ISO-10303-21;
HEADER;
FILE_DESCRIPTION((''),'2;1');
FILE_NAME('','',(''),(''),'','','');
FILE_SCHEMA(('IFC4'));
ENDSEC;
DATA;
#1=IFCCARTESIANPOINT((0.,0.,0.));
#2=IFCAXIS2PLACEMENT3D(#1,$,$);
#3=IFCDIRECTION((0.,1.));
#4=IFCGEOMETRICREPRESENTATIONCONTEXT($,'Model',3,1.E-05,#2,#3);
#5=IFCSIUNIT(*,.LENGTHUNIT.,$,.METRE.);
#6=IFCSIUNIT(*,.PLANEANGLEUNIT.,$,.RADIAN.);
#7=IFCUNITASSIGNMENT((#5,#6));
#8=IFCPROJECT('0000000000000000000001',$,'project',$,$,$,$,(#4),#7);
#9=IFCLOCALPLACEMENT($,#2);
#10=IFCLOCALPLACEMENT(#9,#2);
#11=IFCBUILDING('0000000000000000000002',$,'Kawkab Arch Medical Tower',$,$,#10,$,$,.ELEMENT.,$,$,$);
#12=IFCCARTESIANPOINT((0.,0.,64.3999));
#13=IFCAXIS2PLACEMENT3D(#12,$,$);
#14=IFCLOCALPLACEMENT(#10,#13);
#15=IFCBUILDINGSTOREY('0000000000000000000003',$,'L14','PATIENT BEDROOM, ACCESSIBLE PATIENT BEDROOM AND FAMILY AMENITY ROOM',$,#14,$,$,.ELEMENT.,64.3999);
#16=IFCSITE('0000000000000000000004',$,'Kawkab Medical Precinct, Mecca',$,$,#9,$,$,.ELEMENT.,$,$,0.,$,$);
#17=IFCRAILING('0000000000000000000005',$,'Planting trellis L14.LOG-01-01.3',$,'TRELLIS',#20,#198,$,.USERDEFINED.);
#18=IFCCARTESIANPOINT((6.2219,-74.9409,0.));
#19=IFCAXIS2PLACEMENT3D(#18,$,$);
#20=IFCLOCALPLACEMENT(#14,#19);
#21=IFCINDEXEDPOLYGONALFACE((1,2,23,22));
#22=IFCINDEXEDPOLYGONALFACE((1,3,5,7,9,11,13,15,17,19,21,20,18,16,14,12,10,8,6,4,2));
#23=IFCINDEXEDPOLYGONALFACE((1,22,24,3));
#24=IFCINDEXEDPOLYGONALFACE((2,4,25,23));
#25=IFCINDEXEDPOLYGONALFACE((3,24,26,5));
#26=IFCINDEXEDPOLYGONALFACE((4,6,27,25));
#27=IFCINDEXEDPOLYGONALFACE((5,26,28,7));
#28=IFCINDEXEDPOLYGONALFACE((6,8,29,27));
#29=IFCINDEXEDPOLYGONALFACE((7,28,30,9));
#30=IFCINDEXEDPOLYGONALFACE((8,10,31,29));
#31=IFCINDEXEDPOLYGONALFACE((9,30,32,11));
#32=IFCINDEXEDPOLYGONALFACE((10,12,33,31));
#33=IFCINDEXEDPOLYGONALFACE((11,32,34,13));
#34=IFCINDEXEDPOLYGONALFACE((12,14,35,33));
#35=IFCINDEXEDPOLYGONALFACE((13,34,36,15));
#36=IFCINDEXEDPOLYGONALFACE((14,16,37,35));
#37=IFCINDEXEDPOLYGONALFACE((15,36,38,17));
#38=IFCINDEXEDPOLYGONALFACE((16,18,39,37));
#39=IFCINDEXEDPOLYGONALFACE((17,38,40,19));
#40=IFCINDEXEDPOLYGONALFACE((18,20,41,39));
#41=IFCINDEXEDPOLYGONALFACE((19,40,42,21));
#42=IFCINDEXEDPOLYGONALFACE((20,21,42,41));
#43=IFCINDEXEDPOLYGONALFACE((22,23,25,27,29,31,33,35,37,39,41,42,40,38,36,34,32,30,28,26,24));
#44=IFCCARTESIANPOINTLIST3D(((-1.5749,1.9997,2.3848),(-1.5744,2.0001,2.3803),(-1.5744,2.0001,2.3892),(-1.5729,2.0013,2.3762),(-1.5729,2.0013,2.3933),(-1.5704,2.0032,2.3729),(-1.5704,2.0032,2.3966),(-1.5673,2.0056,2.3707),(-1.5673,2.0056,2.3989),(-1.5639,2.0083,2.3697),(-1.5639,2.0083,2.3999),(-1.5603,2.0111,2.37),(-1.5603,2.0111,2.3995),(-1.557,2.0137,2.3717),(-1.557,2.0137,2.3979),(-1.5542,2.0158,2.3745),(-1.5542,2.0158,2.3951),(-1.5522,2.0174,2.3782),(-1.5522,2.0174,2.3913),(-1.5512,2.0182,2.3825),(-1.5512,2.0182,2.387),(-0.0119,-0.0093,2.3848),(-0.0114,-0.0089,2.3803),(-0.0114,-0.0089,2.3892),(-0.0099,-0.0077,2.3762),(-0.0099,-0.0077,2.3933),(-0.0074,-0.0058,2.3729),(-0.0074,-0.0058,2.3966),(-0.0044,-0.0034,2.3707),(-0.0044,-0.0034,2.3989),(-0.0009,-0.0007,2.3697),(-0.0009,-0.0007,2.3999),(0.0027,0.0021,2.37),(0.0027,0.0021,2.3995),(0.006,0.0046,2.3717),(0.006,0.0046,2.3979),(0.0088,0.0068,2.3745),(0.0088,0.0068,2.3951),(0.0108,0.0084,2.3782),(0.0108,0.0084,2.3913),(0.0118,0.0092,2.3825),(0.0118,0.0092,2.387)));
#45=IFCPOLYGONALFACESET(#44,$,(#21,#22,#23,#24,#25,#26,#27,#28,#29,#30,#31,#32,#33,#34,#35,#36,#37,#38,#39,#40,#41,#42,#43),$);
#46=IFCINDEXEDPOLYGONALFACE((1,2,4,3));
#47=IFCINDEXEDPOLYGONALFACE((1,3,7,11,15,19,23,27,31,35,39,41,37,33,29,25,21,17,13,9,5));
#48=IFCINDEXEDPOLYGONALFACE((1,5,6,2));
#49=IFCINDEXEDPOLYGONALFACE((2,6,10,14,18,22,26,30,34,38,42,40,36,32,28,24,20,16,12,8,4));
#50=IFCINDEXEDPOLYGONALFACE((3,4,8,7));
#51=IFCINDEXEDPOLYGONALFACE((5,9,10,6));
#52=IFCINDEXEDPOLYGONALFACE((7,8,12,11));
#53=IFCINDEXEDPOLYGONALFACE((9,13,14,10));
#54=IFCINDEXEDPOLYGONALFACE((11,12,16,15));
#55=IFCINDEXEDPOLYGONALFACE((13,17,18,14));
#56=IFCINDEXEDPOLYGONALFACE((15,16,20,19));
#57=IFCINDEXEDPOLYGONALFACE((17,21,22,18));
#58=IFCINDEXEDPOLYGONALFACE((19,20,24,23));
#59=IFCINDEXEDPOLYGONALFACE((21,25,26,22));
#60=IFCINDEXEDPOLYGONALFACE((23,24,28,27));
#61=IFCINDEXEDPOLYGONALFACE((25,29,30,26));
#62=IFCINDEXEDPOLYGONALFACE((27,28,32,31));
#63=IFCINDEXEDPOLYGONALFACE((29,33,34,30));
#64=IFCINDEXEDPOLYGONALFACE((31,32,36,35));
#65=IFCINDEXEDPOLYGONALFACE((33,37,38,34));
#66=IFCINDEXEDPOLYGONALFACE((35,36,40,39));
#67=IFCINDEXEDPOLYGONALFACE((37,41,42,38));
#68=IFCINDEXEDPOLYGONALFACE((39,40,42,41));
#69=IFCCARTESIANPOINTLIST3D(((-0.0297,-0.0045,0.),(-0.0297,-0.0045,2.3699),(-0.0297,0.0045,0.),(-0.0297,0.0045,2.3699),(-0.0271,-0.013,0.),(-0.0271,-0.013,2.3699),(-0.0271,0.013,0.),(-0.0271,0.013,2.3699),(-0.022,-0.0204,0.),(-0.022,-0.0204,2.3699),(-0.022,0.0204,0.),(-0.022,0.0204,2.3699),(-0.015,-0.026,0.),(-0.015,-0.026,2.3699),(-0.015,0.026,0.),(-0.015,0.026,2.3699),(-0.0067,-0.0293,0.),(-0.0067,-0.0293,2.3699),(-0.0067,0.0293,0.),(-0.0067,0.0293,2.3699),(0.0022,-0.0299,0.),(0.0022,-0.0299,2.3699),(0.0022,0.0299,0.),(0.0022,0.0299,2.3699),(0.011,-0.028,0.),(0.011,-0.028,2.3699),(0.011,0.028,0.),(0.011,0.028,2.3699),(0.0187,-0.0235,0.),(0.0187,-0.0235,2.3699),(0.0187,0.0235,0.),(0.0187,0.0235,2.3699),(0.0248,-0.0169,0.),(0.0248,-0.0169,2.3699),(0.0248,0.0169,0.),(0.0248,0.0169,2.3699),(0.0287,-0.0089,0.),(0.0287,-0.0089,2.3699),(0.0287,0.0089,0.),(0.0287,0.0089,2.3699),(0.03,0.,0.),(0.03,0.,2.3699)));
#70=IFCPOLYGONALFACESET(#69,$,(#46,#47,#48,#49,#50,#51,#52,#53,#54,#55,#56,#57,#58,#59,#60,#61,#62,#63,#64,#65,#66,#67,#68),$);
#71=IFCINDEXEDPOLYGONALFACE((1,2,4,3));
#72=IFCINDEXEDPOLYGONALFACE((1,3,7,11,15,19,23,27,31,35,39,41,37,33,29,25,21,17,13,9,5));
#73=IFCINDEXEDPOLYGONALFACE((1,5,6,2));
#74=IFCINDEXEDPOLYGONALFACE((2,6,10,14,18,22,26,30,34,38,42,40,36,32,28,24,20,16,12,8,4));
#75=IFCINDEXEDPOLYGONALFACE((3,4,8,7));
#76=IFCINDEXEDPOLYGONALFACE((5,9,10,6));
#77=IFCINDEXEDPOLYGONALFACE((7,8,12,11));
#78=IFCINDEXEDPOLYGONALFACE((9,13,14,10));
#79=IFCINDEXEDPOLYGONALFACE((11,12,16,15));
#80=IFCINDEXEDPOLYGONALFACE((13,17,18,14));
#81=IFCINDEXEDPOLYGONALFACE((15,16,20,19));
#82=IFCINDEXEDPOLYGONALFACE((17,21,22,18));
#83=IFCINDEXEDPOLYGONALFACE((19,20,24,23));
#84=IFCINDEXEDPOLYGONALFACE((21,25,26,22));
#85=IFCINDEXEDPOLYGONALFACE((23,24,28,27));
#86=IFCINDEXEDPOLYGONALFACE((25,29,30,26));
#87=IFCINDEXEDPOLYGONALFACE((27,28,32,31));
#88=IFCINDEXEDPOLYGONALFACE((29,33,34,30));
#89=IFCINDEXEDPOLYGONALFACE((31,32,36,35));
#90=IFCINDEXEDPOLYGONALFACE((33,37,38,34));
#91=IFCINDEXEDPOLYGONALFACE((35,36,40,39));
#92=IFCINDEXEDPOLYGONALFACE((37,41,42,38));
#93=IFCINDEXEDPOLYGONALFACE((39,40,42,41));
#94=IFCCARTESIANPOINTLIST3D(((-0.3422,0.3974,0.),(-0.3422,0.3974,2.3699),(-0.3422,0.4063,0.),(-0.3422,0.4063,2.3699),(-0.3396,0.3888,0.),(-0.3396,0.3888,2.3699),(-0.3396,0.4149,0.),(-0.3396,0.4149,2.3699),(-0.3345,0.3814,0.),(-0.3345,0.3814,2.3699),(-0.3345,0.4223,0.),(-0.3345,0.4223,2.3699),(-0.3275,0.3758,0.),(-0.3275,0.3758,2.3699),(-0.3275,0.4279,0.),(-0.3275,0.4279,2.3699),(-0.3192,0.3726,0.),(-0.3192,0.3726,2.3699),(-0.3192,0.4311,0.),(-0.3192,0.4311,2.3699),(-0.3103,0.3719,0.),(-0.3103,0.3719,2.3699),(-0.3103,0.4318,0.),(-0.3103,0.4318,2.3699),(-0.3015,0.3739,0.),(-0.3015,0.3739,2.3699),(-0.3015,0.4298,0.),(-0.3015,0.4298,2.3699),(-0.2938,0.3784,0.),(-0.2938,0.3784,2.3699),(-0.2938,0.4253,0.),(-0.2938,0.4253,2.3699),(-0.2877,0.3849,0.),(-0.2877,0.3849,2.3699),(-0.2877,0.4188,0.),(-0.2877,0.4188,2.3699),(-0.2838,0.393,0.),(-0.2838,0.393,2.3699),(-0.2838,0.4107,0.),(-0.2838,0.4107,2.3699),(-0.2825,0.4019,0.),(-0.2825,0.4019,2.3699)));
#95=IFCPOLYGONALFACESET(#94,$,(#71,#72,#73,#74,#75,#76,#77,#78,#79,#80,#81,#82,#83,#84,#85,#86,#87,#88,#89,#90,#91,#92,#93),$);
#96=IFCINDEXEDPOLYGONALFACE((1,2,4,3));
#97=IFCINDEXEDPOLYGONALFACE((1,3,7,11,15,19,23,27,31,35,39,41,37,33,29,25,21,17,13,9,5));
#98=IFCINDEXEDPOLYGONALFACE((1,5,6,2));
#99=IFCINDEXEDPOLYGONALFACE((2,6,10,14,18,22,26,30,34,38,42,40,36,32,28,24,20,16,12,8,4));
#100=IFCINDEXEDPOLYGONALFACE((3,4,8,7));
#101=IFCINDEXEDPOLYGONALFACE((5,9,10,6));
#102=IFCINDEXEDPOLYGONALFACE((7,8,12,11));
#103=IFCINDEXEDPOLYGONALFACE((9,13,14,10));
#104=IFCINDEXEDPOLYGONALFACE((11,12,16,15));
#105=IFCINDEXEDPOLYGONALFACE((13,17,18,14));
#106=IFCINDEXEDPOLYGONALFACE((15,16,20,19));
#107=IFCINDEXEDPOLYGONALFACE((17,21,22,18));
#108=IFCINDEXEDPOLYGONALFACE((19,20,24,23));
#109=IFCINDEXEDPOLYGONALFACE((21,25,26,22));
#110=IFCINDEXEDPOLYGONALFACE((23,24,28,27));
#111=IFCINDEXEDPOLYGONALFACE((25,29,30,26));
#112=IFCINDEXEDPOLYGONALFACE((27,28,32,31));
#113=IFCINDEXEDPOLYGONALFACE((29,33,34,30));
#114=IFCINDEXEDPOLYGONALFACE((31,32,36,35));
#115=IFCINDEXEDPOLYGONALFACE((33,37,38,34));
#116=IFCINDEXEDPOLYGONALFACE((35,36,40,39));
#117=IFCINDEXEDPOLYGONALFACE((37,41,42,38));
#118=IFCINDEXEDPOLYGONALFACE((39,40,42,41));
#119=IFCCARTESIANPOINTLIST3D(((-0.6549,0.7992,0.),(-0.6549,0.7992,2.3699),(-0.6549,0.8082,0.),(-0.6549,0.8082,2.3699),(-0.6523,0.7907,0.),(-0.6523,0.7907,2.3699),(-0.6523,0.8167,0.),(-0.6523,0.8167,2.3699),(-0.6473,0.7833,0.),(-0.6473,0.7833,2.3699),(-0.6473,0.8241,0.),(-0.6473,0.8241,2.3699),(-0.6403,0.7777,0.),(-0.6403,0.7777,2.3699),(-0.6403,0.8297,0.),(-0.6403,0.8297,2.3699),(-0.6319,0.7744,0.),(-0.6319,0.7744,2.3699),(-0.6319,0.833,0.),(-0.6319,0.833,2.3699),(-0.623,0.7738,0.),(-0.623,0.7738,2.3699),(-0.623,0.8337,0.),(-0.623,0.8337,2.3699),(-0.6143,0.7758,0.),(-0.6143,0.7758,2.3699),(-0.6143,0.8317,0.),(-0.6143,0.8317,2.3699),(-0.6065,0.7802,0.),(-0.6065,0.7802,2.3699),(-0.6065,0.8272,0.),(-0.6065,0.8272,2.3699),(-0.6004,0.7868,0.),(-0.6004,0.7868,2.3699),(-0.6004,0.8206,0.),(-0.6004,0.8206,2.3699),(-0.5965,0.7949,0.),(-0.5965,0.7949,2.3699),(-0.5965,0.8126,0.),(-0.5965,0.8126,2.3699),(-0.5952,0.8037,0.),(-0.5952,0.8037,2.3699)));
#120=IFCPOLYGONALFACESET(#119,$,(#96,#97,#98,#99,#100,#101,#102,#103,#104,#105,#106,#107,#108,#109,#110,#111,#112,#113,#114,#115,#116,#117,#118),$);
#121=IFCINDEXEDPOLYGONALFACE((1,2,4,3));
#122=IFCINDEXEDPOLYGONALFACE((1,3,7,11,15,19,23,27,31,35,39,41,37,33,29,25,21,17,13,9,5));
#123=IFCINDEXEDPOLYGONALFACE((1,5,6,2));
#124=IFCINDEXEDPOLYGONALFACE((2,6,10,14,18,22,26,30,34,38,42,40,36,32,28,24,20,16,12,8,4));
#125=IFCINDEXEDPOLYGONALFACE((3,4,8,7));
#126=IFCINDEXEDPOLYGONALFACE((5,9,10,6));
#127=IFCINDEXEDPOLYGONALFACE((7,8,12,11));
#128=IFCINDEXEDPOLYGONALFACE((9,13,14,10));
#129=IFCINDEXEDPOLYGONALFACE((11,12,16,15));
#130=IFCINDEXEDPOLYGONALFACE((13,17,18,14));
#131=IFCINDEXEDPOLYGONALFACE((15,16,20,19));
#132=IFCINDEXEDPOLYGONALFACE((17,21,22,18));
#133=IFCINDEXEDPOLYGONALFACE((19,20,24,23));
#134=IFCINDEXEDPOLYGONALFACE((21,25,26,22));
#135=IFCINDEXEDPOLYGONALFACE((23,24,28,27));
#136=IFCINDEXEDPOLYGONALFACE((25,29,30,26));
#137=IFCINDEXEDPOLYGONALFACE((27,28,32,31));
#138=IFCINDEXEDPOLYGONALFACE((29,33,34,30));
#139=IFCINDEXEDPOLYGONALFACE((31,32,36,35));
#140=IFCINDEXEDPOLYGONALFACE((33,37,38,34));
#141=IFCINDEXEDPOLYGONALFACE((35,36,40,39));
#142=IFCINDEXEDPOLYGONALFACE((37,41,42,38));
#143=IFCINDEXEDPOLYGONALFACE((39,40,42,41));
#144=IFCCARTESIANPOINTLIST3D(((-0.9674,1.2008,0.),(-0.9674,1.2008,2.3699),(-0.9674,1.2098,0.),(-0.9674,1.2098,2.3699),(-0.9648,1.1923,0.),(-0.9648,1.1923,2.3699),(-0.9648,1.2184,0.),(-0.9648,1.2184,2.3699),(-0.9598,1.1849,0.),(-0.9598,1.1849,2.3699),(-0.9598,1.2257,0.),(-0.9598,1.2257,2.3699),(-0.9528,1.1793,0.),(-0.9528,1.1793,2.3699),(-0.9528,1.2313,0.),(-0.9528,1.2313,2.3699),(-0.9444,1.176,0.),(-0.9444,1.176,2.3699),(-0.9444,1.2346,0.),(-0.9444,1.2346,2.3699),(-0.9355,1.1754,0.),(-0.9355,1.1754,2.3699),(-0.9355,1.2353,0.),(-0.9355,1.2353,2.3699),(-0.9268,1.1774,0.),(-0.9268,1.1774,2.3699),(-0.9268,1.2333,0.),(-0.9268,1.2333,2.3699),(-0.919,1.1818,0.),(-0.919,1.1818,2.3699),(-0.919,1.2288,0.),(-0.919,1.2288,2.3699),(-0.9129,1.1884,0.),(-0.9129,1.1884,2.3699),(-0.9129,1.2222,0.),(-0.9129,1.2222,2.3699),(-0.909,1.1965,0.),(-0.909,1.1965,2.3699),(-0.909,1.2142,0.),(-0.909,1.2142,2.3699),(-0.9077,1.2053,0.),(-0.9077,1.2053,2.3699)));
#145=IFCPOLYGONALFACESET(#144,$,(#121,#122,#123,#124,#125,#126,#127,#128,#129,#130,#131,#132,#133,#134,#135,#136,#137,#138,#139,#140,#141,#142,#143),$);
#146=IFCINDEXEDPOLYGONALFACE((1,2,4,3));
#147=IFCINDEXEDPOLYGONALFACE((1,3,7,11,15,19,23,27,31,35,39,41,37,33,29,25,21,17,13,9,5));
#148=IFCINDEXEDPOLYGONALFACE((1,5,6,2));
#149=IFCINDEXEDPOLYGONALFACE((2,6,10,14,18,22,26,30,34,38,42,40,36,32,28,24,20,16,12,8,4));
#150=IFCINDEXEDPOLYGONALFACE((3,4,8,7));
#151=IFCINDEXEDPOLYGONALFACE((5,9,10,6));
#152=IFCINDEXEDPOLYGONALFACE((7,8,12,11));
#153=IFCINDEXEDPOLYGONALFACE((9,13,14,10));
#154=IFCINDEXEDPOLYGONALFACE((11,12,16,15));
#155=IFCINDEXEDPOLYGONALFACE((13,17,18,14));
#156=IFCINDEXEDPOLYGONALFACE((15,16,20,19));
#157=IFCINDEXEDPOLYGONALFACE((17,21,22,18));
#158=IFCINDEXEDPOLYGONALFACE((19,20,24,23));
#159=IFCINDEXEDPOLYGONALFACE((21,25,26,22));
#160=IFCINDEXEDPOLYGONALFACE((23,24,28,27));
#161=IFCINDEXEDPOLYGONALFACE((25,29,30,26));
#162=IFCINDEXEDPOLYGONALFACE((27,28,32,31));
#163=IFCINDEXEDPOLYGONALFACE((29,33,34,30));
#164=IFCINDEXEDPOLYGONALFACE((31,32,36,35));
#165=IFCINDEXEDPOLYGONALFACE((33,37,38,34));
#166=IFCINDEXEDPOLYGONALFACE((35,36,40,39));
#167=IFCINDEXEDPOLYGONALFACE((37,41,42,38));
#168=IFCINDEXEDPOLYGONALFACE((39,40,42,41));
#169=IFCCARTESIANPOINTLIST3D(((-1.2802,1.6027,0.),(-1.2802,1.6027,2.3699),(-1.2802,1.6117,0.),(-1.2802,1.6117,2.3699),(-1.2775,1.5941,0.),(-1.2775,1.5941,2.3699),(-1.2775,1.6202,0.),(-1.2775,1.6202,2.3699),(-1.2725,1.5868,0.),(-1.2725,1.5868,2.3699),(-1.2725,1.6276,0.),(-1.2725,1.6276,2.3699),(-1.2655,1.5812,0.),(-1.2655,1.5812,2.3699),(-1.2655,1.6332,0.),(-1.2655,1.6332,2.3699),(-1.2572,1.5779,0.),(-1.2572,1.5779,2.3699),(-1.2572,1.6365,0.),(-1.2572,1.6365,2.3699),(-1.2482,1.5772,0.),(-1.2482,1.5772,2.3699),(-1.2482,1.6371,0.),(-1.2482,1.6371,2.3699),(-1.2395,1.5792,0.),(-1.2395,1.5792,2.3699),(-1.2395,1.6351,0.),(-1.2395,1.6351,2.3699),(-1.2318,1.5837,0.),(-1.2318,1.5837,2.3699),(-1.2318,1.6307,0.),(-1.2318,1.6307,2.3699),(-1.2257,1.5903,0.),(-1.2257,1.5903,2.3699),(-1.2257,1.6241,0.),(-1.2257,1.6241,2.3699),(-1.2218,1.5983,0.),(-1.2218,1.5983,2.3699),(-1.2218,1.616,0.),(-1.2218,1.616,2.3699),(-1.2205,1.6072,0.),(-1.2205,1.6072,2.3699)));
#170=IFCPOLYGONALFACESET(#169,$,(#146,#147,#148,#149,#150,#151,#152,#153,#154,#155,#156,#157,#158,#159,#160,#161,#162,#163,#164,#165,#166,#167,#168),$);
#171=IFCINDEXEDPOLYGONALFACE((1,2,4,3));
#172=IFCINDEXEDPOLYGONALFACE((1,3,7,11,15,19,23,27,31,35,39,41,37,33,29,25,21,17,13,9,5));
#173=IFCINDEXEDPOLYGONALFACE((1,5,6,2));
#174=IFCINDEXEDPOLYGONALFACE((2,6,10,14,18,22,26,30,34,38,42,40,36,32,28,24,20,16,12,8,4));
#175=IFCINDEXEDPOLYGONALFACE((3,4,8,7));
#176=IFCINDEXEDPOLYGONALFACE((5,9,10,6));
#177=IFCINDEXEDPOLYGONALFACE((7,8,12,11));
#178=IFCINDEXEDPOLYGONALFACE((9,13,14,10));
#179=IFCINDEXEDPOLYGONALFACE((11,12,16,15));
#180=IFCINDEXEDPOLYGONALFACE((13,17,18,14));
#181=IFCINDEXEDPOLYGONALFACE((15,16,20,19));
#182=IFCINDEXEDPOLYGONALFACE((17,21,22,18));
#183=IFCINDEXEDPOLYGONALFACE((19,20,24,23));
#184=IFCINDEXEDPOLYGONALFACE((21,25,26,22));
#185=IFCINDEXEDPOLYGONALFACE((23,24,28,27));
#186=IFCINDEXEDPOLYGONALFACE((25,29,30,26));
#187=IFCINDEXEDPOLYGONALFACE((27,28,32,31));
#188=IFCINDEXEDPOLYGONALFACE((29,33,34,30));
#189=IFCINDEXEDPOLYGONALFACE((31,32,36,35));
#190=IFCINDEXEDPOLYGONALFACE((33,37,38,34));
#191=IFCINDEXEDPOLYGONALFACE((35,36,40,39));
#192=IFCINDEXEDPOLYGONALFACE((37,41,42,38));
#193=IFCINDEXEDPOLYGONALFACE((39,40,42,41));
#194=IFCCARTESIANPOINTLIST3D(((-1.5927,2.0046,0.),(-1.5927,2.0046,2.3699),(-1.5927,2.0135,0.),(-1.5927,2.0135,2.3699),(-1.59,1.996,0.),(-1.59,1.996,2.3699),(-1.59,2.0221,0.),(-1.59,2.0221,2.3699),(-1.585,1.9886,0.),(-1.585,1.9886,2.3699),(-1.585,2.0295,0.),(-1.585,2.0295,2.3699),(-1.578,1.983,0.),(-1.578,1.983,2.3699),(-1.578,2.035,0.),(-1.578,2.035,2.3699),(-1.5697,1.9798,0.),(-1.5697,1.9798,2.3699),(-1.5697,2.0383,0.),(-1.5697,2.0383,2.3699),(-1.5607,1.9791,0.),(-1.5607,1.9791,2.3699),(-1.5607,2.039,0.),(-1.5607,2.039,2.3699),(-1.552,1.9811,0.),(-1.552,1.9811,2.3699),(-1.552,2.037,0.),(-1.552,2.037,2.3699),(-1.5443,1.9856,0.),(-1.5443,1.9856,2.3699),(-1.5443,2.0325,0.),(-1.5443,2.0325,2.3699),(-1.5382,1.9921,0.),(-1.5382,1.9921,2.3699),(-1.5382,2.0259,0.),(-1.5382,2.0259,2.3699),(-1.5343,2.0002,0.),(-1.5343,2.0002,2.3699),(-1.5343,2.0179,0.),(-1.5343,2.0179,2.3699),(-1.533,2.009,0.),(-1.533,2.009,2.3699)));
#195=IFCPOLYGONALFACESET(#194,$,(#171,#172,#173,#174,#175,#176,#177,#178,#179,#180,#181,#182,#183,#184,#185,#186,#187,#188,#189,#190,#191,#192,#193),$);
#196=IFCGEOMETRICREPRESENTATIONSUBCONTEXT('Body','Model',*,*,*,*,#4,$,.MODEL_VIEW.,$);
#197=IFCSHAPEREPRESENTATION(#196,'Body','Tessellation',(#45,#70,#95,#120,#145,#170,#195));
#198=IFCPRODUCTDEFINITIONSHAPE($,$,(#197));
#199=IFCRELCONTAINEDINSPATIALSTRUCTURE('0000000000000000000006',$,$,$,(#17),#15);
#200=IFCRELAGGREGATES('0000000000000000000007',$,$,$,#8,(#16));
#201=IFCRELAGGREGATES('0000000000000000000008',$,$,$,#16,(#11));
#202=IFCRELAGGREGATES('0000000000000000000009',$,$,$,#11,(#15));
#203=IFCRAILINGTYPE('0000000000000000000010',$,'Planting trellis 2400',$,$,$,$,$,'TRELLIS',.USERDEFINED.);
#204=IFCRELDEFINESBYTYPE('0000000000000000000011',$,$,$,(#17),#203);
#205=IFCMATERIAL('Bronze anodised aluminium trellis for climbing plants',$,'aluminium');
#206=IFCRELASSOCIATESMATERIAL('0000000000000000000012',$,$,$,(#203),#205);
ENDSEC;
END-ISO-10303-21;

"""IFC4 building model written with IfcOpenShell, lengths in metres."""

from ifc_helpers import new_model, si_unit, direction, frame, origin, origin_2d, place, context, subcontext, project, spatial, circle, extrude, material, type_object, element, save


model = new_model("IFC4")

# Units and contexts
model_context = context("Model", 3, precision=1e-05, world=origin(), true_north=direction((0.0, 1.0)))
body_context = subcontext(model_context, "Body", "Model", "MODEL_VIEW")
ifc_project = project(units=[si_unit("LENGTHUNIT", "METRE"), si_unit("PLANEANGLEUNIT", "RADIAN")], contexts=[model_context])

# Site, building, storey
site_placement = place(None, origin())
site = spatial("IfcSite", under=ifc_project, at=site_placement, Name="Kawkab Medical Precinct, Mecca", CompositionType="ELEMENT", RefElevation=0.0)
building_placement = place(site_placement, origin())
building = spatial("IfcBuilding", under=site, at=building_placement, Name="Kawkab Arch Medical Tower", CompositionType="ELEMENT")
storey_placement = place(building_placement, frame((0.0, 0.0, 64.3999)))
storey = spatial("IfcBuildingStorey", under=building, at=storey_placement, Name="L14", Description="PATIENT BEDROOM, ACCESSIBLE PATIENT BEDROOM AND FAMILY AMENITY ROOM", CompositionType="ELEMENT", Elevation=64.3999)

# Railing
ifc_material_1 = material(Name="Bronze anodised aluminium trellis for climbing plants", Category="aluminium")
railing_type = type_object("IfcRailingType", Name="Planting trellis 2400", ElementType="TRELLIS", PredefinedType="USERDEFINED", material=ifc_material_1)
railing_placement = place(storey_placement, frame((6.2219, -74.9409, 0.0)))
element("IfcRailing", 1, at=railing_placement, inside=storey, type_object=railing_type, Name="Planting trellis L14.LOG-01-01.3", ObjectType="TRELLIS", PredefinedType="USERDEFINED", context=body_context, shape_type="SweptSolid", body=[
    extrude(circle(Radius=0.0151, at=origin_2d()), frame((0.0, 0.0, 2.3848), z_axis=(-0.61404, 0.789275, 0.0), x_axis=(-0.789275, -0.61404, 0.0)), (0.0, 0.0, 1.0), 2.5454),
    extrude(circle(Radius=0.03, at=origin_2d()), origin(), (0.0, 0.0, 1.0), 2.3699),
    extrude(circle(Radius=0.03, at=origin_2d()), frame((-0.3125, 0.4019, 0.0)), (0.0, 0.0, 1.0), 2.3699),
    extrude(circle(Radius=0.03, at=origin_2d()), frame((-0.6252, 0.8037, 0.0)), (0.0, 0.0, 1.0), 2.3699),
    extrude(circle(Radius=0.03, at=origin_2d()), frame((-0.9377, 1.2053, 0.0)), (0.0, 0.0, 1.0), 2.3699),
    extrude(circle(Radius=0.03, at=origin_2d()), frame((-1.2505, 1.6072, 0.0)), (0.0, 0.0, 1.0), 2.3699),
    extrude(circle(Radius=0.03, at=origin_2d()), frame((-1.563, 2.009, 0.0)), (0.0, 0.0, 1.0), 2.3699),
])

save(model, "model.ifc")
